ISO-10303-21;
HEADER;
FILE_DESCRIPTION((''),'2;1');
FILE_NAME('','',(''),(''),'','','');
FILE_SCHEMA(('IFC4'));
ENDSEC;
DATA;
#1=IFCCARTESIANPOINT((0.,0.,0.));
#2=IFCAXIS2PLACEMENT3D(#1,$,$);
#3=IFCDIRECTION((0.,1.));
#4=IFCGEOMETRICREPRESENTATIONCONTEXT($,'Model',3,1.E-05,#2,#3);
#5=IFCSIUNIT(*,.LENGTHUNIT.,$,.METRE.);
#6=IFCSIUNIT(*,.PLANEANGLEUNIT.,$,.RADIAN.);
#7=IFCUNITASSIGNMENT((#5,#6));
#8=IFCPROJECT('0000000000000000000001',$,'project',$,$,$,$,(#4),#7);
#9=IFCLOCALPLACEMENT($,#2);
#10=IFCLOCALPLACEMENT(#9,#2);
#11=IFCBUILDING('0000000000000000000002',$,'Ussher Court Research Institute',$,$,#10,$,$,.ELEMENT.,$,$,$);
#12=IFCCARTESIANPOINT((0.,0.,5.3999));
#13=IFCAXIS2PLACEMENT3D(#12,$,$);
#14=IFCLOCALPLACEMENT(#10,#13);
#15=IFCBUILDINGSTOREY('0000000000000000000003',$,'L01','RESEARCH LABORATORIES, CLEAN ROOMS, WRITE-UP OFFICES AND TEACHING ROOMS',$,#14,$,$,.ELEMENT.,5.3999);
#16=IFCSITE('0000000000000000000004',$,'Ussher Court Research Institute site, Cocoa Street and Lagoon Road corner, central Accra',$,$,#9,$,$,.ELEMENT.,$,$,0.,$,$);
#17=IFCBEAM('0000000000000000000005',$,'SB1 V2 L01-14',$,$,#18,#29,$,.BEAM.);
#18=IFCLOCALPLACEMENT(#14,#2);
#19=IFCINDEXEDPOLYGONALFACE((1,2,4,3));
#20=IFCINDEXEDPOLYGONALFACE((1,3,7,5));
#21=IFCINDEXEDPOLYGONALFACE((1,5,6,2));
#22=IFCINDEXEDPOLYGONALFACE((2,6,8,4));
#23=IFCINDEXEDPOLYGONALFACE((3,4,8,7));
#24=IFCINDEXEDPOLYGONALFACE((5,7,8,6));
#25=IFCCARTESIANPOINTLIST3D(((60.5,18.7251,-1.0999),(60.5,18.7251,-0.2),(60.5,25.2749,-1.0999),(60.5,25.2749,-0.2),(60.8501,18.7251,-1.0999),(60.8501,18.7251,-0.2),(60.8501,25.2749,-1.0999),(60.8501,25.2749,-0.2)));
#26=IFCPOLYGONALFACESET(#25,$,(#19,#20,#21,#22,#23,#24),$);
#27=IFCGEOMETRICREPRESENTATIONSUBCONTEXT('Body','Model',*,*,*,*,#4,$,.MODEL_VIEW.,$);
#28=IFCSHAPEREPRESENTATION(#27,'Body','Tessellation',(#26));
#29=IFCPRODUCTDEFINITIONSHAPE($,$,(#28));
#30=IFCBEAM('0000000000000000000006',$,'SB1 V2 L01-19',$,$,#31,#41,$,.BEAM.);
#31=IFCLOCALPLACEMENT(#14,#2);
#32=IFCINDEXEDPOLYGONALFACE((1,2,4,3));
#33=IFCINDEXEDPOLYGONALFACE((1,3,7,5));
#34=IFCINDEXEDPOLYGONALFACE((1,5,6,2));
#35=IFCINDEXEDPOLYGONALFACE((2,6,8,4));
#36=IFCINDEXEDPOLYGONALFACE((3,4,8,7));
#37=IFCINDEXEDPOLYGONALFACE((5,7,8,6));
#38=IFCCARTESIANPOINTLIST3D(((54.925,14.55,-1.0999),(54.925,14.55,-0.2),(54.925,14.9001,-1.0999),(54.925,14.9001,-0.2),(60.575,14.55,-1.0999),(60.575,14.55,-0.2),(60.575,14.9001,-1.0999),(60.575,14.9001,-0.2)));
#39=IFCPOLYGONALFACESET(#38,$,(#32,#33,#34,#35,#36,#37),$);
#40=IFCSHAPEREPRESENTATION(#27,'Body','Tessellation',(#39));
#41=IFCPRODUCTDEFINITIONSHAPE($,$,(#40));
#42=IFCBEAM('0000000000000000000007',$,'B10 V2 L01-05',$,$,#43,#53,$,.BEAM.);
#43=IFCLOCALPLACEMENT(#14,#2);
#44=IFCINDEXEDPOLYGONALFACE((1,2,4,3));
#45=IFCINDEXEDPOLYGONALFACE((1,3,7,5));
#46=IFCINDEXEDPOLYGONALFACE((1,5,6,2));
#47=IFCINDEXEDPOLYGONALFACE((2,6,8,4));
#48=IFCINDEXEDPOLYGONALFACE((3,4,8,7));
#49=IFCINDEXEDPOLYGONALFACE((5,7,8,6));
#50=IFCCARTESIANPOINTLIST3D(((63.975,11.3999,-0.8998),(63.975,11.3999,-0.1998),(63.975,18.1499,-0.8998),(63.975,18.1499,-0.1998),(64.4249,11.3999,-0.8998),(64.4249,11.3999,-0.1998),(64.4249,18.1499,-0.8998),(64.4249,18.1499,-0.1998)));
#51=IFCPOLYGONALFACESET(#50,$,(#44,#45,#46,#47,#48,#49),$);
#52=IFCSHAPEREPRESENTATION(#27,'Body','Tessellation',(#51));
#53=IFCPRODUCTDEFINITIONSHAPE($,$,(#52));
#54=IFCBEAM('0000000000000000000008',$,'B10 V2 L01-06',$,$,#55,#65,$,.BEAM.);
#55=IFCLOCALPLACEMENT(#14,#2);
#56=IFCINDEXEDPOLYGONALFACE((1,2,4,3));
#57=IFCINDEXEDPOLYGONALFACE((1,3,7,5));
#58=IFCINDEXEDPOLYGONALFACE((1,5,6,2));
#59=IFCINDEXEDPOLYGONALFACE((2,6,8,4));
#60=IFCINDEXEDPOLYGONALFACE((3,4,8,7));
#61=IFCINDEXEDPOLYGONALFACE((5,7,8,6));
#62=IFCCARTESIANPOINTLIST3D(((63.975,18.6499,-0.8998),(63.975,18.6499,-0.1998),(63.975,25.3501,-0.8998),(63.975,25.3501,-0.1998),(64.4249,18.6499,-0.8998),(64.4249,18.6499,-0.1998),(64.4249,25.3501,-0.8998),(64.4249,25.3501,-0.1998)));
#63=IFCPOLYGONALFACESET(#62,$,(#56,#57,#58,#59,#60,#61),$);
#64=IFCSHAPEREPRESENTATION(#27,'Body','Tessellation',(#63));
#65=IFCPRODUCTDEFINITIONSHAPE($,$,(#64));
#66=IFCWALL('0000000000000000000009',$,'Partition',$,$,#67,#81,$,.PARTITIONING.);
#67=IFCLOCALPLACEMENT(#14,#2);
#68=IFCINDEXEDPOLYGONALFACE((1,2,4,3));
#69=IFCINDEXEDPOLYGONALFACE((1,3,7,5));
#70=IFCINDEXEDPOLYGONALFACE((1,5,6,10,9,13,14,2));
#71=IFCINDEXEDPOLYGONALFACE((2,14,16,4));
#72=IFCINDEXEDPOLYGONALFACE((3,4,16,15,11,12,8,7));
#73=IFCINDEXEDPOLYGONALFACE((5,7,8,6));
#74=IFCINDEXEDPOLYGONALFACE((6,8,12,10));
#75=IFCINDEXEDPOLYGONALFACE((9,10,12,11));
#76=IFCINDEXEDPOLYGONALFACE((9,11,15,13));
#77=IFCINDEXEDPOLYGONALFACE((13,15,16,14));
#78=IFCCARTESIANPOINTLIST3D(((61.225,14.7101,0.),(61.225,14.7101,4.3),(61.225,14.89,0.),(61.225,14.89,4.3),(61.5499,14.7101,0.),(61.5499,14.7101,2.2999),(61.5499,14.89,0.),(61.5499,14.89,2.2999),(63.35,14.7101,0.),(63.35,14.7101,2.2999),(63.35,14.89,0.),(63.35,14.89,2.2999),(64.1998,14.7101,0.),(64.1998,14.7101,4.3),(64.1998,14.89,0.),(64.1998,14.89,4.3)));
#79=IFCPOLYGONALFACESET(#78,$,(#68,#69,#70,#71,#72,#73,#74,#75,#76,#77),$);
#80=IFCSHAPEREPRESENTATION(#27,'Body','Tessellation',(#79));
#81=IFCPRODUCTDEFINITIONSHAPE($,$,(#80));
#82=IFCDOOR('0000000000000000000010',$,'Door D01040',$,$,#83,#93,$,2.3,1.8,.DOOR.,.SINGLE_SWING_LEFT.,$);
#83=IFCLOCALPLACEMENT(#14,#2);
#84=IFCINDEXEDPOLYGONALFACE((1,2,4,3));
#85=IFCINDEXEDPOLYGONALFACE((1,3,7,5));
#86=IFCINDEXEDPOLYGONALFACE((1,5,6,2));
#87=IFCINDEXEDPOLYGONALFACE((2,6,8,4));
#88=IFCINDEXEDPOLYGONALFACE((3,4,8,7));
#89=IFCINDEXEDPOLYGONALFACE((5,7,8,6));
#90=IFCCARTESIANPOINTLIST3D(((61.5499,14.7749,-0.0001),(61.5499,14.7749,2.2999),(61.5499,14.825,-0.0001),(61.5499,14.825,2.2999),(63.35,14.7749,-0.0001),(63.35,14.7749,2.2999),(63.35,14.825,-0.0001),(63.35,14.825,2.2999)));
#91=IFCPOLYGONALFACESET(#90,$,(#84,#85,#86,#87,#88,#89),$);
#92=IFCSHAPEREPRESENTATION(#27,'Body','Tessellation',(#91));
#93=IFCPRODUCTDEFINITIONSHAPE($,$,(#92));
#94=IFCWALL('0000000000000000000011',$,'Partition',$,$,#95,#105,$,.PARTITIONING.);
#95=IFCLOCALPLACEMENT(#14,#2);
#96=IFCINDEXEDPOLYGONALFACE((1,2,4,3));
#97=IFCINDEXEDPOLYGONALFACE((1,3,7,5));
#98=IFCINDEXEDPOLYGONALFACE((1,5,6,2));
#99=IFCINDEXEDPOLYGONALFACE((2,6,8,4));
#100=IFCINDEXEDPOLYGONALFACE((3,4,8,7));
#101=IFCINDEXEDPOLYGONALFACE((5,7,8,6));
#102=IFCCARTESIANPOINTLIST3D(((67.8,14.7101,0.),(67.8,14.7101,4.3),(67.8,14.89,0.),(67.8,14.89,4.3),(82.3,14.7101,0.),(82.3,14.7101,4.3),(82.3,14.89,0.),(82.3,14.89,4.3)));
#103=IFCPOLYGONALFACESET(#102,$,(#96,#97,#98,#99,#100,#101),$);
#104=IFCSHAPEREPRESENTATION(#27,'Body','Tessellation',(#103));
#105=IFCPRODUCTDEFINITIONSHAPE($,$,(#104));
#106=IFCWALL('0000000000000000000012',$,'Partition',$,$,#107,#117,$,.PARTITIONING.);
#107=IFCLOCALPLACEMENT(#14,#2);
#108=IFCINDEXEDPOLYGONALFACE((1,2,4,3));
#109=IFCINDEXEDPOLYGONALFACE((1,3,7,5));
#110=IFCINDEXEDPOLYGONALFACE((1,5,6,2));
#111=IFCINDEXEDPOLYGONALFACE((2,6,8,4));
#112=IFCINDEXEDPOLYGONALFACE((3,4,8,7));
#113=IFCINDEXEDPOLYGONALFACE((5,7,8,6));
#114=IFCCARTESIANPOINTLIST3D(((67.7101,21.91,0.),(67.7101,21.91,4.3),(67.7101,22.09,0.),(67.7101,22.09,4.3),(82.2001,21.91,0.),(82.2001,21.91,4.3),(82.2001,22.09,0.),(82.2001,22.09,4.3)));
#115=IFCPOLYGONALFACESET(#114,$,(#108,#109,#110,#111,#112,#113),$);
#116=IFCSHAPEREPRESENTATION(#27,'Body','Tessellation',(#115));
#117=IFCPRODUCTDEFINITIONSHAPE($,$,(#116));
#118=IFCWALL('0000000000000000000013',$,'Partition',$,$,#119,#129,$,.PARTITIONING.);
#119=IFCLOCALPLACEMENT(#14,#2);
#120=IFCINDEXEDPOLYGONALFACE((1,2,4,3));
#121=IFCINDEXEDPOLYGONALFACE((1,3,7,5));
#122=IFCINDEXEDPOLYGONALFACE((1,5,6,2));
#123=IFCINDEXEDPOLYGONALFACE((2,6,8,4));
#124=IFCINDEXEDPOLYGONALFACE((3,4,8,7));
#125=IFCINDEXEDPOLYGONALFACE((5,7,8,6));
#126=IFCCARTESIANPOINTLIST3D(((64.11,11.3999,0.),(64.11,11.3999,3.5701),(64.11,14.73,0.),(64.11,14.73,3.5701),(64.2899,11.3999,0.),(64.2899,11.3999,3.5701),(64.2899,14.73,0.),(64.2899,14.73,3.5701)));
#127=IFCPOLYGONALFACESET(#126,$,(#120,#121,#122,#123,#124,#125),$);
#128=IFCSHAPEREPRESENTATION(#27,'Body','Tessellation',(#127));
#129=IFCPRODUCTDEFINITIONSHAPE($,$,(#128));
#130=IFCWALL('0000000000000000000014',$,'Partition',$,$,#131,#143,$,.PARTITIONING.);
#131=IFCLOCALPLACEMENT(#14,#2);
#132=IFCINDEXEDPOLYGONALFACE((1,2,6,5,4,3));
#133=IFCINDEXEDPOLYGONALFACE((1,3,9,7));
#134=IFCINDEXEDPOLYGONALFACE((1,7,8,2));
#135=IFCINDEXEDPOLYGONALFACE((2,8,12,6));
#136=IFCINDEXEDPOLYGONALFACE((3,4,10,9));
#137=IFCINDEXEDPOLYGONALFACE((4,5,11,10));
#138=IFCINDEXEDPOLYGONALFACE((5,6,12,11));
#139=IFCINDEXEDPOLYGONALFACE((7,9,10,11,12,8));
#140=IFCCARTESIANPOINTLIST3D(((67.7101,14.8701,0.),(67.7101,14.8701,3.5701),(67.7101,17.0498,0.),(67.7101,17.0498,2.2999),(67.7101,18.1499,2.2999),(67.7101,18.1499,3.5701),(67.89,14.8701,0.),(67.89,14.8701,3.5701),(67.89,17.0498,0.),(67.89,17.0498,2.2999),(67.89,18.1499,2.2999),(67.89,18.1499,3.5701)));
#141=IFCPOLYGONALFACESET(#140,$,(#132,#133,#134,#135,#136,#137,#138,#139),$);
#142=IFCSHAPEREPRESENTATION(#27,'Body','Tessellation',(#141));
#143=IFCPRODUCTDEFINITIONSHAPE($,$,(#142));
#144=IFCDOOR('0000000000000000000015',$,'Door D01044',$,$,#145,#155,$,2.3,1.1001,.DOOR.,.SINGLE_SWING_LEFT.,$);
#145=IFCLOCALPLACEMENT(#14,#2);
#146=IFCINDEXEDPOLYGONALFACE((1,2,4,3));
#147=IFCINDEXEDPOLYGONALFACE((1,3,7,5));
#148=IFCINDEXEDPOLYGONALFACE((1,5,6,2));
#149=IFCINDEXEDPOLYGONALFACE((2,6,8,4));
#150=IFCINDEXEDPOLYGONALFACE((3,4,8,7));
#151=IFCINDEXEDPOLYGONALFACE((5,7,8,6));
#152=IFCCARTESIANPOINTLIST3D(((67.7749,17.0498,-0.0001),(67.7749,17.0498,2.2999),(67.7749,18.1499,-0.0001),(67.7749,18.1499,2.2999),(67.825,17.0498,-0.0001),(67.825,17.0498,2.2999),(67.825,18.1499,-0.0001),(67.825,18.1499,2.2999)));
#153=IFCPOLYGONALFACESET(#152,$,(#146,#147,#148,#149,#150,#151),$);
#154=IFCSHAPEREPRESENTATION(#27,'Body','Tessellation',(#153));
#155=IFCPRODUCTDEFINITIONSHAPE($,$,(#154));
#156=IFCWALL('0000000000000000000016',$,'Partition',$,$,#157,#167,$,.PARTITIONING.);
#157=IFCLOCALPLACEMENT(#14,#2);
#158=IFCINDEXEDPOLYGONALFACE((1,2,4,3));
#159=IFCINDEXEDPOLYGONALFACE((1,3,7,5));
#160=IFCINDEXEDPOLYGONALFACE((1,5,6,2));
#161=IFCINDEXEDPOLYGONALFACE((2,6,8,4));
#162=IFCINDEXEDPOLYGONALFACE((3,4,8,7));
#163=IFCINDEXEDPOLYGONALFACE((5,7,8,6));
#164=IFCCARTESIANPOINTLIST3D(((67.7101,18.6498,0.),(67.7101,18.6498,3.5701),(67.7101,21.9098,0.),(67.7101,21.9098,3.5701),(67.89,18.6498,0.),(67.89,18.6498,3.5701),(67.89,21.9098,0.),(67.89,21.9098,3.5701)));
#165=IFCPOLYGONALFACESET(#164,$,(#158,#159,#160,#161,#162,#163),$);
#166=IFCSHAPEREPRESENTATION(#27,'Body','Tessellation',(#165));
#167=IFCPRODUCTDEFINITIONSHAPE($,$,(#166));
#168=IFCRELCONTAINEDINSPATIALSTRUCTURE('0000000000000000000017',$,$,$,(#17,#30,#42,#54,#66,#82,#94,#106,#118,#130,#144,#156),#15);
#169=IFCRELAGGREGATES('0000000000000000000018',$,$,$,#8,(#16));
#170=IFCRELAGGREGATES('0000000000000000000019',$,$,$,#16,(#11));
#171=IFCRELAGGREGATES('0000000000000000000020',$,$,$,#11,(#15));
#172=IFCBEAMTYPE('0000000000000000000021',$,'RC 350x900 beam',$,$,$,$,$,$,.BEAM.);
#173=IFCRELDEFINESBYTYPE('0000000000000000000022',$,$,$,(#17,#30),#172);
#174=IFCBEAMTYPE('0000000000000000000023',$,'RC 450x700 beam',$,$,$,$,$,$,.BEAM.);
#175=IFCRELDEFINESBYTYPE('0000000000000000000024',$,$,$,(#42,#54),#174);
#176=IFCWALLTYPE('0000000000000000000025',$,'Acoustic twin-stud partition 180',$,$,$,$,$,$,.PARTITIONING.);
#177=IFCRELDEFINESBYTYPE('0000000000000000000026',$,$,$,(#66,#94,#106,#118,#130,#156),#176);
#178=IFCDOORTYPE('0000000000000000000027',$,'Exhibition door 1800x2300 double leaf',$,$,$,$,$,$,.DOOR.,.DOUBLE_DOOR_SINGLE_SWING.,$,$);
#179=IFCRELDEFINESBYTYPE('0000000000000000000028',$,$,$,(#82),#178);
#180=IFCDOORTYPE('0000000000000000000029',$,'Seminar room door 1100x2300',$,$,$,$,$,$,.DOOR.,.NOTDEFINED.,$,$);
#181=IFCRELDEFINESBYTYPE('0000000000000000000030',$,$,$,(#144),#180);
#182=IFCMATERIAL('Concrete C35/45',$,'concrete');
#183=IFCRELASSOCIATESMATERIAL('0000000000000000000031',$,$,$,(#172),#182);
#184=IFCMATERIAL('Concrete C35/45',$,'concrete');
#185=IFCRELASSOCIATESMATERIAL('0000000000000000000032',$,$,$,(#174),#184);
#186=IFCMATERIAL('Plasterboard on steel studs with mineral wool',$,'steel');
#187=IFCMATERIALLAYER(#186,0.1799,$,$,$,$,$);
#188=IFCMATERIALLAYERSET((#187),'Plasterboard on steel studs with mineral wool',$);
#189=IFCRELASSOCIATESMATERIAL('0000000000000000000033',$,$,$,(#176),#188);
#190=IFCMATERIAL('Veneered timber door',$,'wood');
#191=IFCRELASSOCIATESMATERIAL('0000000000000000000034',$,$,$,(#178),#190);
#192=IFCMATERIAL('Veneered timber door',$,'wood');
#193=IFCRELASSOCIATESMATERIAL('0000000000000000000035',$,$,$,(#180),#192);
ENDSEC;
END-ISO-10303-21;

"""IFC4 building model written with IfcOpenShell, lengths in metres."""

from ifc_helpers import new_model, si_unit, direction, frame, frame_2d, origin, origin_2d, place, context, subcontext, project, spatial, rectangle, extrude, material, layer, layer_set, material_profile, profile_set, type_object, element, fill, save


model = new_model("IFC4")

# Units and contexts
model_context = context("Model", 3, precision=1e-05, world=origin(), true_north=direction((0.0, 1.0)))
body_context = subcontext(model_context, "Body", "Model", "MODEL_VIEW")
ifc_project = project(units=[si_unit("LENGTHUNIT", "METRE"), si_unit("PLANEANGLEUNIT", "RADIAN")], contexts=[model_context])

# Site, building, storey
site_placement = place(None, origin())
site = spatial("IfcSite", under=ifc_project, at=site_placement, Name="Ussher Court Research Institute site, Cocoa Street and Lagoon Road corner, central Accra", CompositionType="ELEMENT", RefElevation=0.0)
building_placement = place(site_placement, origin())
building = spatial("IfcBuilding", under=site, at=building_placement, Name="Ussher Court Research Institute", CompositionType="ELEMENT")
storey_placement = place(building_placement, frame((0.0, 0.0, 5.3999)))
storey = spatial("IfcBuildingStorey", under=building, at=storey_placement, Name="L01", Description="RESEARCH LABORATORIES, CLEAN ROOMS, WRITE-UP OFFICES AND TEACHING ROOMS", CompositionType="ELEMENT", Elevation=5.3999)

# Beams
ifc_material_1 = material(Name="Concrete C35/45", Category="concrete")
ifc_material_profile_1 = material_profile(ifc_material_1, rectangle(XDim=0.3501, YDim=0.8999, at=origin_2d()), Name="RC 350x900")
ifc_profile_set_1 = profile_set([ifc_material_profile_1], Name="Concrete C35/45")
beam_type_1 = type_object("IfcBeamType", Name="RC 350x900 beam", PredefinedType="BEAM", material=ifc_profile_set_1)
beam_1_placement = place(storey_placement, frame((60.675, 18.7251, -0.6499), z_axis=(0.0, 1.0, 0.0), x_axis=(-1.0, 0.0, 0.0)))
element("IfcBeam", 1, at=beam_1_placement, inside=storey, type_object=beam_type_1, Name="SB1 V2 L01-14", PredefinedType="BEAM", context=body_context, shape_type="SweptSolid", body=[
    extrude(rectangle(XDim=0.3501, YDim=0.8999, at=origin_2d()), origin(), (0.0, 0.0, 1.0), 6.5498),
])
beam_2_placement = place(storey_placement, frame((54.925, 14.7251, -0.6499), z_axis=(1.0, 0.0, 0.0), x_axis=(0.0, 1.0, 0.0)))
element("IfcBeam", 2, at=beam_2_placement, inside=storey, type_object=beam_type_1, Name="SB1 V2 L01-19", PredefinedType="BEAM", context=body_context, shape_type="SweptSolid", body=[
    extrude(rectangle(XDim=0.3501, YDim=0.8999, at=origin_2d()), origin(), (0.0, 0.0, 1.0), 5.6499),
])
ifc_material_2 = material(Name="Concrete C35/45", Category="concrete")
ifc_material_profile_2 = material_profile(ifc_material_2, rectangle(XDim=0.45, YDim=0.7, at=origin_2d()), Name="RC 450x700")
ifc_profile_set_2 = profile_set([ifc_material_profile_2], Name="Concrete C35/45")
beam_type_2 = type_object("IfcBeamType", Name="RC 450x700 beam", PredefinedType="BEAM", material=ifc_profile_set_2)
beam_3_placement = place(storey_placement, frame((64.2, 11.3999, -0.5498), z_axis=(0.0, 1.0, 0.0), x_axis=(-1.0, 0.0, 0.0)))
element("IfcBeam", 3, at=beam_3_placement, inside=storey, type_object=beam_type_2, Name="B10 V2 L01-05", PredefinedType="BEAM", context=body_context, shape_type="SweptSolid", body=[
    extrude(rectangle(XDim=0.45, YDim=0.7, at=origin_2d()), origin(), (0.0, 0.0, 1.0), 6.75),
])
beam_4_placement = place(storey_placement, frame((64.2, 18.6499, -0.5498), z_axis=(0.0, 1.0, 0.0), x_axis=(-1.0, 0.0, 0.0)))
element("IfcBeam", 4, at=beam_4_placement, inside=storey, type_object=beam_type_2, Name="B10 V2 L01-06", PredefinedType="BEAM", context=body_context, shape_type="SweptSolid", body=[
    extrude(rectangle(XDim=0.45, YDim=0.7, at=origin_2d()), origin(), (0.0, 0.0, 1.0), 6.7002),
])

# Wall, opening, door
ifc_material_3 = material(Name="Plasterboard on steel studs with mineral wool", Category="steel")
ifc_layer_1 = layer(ifc_material_3, 0.1799)
ifc_layer_set_1 = layer_set([ifc_layer_1], Name="Plasterboard on steel studs with mineral wool")
wall_type_1 = type_object("IfcWallType", Name="Acoustic twin-stud partition 180", PredefinedType="PARTITIONING", material=ifc_layer_set_1)
wall_1_placement = place(storey_placement, frame((61.2251, 14.8, 0.0), z_axis=(0.0, 0.0, 1.0), x_axis=(1.0, 0.0, 0.0)))
wall_1 = element("IfcWall", 5, at=wall_1_placement, inside=storey, type_object=wall_type_1, Name="Partition", PredefinedType="PARTITIONING", context=body_context, shape_type="SweptSolid", body=[
    extrude(rectangle(XDim=2.9749, YDim=0.1799, at=frame_2d((1.4873, 0.0))), origin(), (0.0, 0.0, 1.0), 4.3),
])
opening_1_placement = place(wall_1_placement, frame((0.325, 0.0, 0.0)))
opening_1 = element("IfcOpeningElement", 6, at=opening_1_placement, cuts=wall_1, PredefinedType="OPENING", context=body_context, shape_type="SweptSolid", body=[
    extrude(rectangle(XDim=1.8, YDim=2.3, at=frame_2d((0.8999, 1.1499))), frame((0.0, 0.1001, 0.0), z_axis=(0.0, -1.0, 0.0), x_axis=(1.0, 0.0, 0.0)), (0.0, 0.0, 1.0), 0.2),
])
ifc_material_4 = material(Name="Veneered timber door", Category="wood")
door_type_1 = type_object("IfcDoorType", Name="Exhibition door 1800x2300 double leaf", OperationType="DOUBLE_DOOR_SINGLE_SWING", PredefinedType="DOOR", material=ifc_material_4)
door_1_placement = place(opening_1_placement, origin())
door_1 = element("IfcDoor", 7, at=door_1_placement, inside=storey, type_object=door_type_1, Name="Door D01040", OperationType="SINGLE_SWING_LEFT", OverallHeight=2.3, OverallWidth=1.8, PredefinedType="DOOR", context=body_context, shape_type="SweptSolid", body=[
    extrude(rectangle(XDim=1.8, YDim=2.3, at=frame_2d((0.8999, 1.1499))), frame((0.0, 0.0249, 0.0), z_axis=(0.0, -1.0, 0.0), x_axis=(1.0, 0.0, 0.0)), (0.0, 0.0, 1.0), 0.05),
])
fill(opening_1, door_1)

# Walls
wall_2_placement = place(storey_placement, frame((67.8, 14.8, 0.0), z_axis=(0.0, 0.0, 1.0), x_axis=(1.0, 0.0, 0.0)))
element("IfcWall", 8, at=wall_2_placement, inside=storey, type_object=wall_type_1, Name="Partition", PredefinedType="PARTITIONING", context=body_context, shape_type="SweptSolid", body=[
    extrude(rectangle(XDim=14.5, YDim=0.1799, at=frame_2d((7.25, 0.0))), origin(), (0.0, 0.0, 1.0), 4.3),
])
wall_3_placement = place(storey_placement, frame((67.71, 22.0, 0.0), z_axis=(0.0, 0.0, 1.0), x_axis=(1.0, 0.0, 0.0)))
element("IfcWall", 9, at=wall_3_placement, inside=storey, type_object=wall_type_1, Name="Partition", PredefinedType="PARTITIONING", context=body_context, shape_type="SweptSolid", body=[
    extrude(rectangle(XDim=14.49, YDim=0.1799, at=frame_2d((7.2451, 0.0))), origin(), (0.0, 0.0, 1.0), 4.3),
])
wall_4_placement = place(storey_placement, frame((64.2, 11.3999, 0.0), z_axis=(0.0, 0.0, 1.0), x_axis=(0.0, 1.0, 0.0)))
element("IfcWall", 10, at=wall_4_placement, inside=storey, type_object=wall_type_1, Name="Partition", PredefinedType="PARTITIONING", context=body_context, shape_type="SweptSolid", body=[
    extrude(rectangle(XDim=3.3301, YDim=0.1799, at=frame_2d((1.665, 0.0))), origin(), (0.0, 0.0, 1.0), 3.5701),
])

# Wall, opening, door
wall_5_placement = place(storey_placement, frame((67.8, 18.1499, 0.0), z_axis=(0.0, 0.0, 1.0), x_axis=(0.0, -1.0, 0.0)))
wall_5 = element("IfcWall", 11, at=wall_5_placement, inside=storey, type_object=wall_type_1, Name="Partition", PredefinedType="PARTITIONING", context=body_context, shape_type="SweptSolid", body=[
    extrude(rectangle(XDim=3.2798, YDim=0.1799, at=frame_2d((1.6399, 0.0))), origin(), (0.0, 0.0, 1.0), 3.5701),
])
opening_2_placement = place(wall_5_placement, origin())
opening_2 = element("IfcOpeningElement", 12, at=opening_2_placement, cuts=wall_5, PredefinedType="OPENING", context=body_context, shape_type="SweptSolid", body=[
    extrude(rectangle(XDim=1.1001, YDim=2.3, at=frame_2d((0.55, 1.1499))), frame((0.0, 0.1001, 0.0), z_axis=(0.0, -1.0, 0.0), x_axis=(1.0, 0.0, 0.0)), (0.0, 0.0, 1.0), 0.2),
])
ifc_material_5 = material(Name="Veneered timber door", Category="wood")
door_type_2 = type_object("IfcDoorType", Name="Seminar room door 1100x2300", OperationType="NOTDEFINED", PredefinedType="DOOR", material=ifc_material_5)
door_2_placement = place(opening_2_placement, origin())
door_2 = element("IfcDoor", 13, at=door_2_placement, inside=storey, type_object=door_type_2, Name="Door D01044", OperationType="SINGLE_SWING_LEFT", OverallHeight=2.3, OverallWidth=1.1001, PredefinedType="DOOR", context=body_context, shape_type="SweptSolid", body=[
    extrude(rectangle(XDim=1.1001, YDim=2.3, at=frame_2d((0.55, 1.1499))), frame((0.0, 0.0249, 0.0), z_axis=(0.0, -1.0, 0.0), x_axis=(1.0, 0.0, 0.0)), (0.0, 0.0, 1.0), 0.05),
])
fill(opening_2, door_2)

# Wall
wall_6_placement = place(storey_placement, frame((67.8, 18.6499, 0.0), z_axis=(0.0, 0.0, 1.0), x_axis=(0.0, 1.0, 0.0)))
element("IfcWall", 14, at=wall_6_placement, inside=storey, type_object=wall_type_1, Name="Partition", PredefinedType="PARTITIONING", context=body_context, shape_type="SweptSolid", body=[
    extrude(rectangle(XDim=3.26, YDim=0.1799, at=frame_2d((1.6299, 0.0))), origin(), (0.0, 0.0, 1.0), 3.5701),
])

save(model, "model.ifc")
